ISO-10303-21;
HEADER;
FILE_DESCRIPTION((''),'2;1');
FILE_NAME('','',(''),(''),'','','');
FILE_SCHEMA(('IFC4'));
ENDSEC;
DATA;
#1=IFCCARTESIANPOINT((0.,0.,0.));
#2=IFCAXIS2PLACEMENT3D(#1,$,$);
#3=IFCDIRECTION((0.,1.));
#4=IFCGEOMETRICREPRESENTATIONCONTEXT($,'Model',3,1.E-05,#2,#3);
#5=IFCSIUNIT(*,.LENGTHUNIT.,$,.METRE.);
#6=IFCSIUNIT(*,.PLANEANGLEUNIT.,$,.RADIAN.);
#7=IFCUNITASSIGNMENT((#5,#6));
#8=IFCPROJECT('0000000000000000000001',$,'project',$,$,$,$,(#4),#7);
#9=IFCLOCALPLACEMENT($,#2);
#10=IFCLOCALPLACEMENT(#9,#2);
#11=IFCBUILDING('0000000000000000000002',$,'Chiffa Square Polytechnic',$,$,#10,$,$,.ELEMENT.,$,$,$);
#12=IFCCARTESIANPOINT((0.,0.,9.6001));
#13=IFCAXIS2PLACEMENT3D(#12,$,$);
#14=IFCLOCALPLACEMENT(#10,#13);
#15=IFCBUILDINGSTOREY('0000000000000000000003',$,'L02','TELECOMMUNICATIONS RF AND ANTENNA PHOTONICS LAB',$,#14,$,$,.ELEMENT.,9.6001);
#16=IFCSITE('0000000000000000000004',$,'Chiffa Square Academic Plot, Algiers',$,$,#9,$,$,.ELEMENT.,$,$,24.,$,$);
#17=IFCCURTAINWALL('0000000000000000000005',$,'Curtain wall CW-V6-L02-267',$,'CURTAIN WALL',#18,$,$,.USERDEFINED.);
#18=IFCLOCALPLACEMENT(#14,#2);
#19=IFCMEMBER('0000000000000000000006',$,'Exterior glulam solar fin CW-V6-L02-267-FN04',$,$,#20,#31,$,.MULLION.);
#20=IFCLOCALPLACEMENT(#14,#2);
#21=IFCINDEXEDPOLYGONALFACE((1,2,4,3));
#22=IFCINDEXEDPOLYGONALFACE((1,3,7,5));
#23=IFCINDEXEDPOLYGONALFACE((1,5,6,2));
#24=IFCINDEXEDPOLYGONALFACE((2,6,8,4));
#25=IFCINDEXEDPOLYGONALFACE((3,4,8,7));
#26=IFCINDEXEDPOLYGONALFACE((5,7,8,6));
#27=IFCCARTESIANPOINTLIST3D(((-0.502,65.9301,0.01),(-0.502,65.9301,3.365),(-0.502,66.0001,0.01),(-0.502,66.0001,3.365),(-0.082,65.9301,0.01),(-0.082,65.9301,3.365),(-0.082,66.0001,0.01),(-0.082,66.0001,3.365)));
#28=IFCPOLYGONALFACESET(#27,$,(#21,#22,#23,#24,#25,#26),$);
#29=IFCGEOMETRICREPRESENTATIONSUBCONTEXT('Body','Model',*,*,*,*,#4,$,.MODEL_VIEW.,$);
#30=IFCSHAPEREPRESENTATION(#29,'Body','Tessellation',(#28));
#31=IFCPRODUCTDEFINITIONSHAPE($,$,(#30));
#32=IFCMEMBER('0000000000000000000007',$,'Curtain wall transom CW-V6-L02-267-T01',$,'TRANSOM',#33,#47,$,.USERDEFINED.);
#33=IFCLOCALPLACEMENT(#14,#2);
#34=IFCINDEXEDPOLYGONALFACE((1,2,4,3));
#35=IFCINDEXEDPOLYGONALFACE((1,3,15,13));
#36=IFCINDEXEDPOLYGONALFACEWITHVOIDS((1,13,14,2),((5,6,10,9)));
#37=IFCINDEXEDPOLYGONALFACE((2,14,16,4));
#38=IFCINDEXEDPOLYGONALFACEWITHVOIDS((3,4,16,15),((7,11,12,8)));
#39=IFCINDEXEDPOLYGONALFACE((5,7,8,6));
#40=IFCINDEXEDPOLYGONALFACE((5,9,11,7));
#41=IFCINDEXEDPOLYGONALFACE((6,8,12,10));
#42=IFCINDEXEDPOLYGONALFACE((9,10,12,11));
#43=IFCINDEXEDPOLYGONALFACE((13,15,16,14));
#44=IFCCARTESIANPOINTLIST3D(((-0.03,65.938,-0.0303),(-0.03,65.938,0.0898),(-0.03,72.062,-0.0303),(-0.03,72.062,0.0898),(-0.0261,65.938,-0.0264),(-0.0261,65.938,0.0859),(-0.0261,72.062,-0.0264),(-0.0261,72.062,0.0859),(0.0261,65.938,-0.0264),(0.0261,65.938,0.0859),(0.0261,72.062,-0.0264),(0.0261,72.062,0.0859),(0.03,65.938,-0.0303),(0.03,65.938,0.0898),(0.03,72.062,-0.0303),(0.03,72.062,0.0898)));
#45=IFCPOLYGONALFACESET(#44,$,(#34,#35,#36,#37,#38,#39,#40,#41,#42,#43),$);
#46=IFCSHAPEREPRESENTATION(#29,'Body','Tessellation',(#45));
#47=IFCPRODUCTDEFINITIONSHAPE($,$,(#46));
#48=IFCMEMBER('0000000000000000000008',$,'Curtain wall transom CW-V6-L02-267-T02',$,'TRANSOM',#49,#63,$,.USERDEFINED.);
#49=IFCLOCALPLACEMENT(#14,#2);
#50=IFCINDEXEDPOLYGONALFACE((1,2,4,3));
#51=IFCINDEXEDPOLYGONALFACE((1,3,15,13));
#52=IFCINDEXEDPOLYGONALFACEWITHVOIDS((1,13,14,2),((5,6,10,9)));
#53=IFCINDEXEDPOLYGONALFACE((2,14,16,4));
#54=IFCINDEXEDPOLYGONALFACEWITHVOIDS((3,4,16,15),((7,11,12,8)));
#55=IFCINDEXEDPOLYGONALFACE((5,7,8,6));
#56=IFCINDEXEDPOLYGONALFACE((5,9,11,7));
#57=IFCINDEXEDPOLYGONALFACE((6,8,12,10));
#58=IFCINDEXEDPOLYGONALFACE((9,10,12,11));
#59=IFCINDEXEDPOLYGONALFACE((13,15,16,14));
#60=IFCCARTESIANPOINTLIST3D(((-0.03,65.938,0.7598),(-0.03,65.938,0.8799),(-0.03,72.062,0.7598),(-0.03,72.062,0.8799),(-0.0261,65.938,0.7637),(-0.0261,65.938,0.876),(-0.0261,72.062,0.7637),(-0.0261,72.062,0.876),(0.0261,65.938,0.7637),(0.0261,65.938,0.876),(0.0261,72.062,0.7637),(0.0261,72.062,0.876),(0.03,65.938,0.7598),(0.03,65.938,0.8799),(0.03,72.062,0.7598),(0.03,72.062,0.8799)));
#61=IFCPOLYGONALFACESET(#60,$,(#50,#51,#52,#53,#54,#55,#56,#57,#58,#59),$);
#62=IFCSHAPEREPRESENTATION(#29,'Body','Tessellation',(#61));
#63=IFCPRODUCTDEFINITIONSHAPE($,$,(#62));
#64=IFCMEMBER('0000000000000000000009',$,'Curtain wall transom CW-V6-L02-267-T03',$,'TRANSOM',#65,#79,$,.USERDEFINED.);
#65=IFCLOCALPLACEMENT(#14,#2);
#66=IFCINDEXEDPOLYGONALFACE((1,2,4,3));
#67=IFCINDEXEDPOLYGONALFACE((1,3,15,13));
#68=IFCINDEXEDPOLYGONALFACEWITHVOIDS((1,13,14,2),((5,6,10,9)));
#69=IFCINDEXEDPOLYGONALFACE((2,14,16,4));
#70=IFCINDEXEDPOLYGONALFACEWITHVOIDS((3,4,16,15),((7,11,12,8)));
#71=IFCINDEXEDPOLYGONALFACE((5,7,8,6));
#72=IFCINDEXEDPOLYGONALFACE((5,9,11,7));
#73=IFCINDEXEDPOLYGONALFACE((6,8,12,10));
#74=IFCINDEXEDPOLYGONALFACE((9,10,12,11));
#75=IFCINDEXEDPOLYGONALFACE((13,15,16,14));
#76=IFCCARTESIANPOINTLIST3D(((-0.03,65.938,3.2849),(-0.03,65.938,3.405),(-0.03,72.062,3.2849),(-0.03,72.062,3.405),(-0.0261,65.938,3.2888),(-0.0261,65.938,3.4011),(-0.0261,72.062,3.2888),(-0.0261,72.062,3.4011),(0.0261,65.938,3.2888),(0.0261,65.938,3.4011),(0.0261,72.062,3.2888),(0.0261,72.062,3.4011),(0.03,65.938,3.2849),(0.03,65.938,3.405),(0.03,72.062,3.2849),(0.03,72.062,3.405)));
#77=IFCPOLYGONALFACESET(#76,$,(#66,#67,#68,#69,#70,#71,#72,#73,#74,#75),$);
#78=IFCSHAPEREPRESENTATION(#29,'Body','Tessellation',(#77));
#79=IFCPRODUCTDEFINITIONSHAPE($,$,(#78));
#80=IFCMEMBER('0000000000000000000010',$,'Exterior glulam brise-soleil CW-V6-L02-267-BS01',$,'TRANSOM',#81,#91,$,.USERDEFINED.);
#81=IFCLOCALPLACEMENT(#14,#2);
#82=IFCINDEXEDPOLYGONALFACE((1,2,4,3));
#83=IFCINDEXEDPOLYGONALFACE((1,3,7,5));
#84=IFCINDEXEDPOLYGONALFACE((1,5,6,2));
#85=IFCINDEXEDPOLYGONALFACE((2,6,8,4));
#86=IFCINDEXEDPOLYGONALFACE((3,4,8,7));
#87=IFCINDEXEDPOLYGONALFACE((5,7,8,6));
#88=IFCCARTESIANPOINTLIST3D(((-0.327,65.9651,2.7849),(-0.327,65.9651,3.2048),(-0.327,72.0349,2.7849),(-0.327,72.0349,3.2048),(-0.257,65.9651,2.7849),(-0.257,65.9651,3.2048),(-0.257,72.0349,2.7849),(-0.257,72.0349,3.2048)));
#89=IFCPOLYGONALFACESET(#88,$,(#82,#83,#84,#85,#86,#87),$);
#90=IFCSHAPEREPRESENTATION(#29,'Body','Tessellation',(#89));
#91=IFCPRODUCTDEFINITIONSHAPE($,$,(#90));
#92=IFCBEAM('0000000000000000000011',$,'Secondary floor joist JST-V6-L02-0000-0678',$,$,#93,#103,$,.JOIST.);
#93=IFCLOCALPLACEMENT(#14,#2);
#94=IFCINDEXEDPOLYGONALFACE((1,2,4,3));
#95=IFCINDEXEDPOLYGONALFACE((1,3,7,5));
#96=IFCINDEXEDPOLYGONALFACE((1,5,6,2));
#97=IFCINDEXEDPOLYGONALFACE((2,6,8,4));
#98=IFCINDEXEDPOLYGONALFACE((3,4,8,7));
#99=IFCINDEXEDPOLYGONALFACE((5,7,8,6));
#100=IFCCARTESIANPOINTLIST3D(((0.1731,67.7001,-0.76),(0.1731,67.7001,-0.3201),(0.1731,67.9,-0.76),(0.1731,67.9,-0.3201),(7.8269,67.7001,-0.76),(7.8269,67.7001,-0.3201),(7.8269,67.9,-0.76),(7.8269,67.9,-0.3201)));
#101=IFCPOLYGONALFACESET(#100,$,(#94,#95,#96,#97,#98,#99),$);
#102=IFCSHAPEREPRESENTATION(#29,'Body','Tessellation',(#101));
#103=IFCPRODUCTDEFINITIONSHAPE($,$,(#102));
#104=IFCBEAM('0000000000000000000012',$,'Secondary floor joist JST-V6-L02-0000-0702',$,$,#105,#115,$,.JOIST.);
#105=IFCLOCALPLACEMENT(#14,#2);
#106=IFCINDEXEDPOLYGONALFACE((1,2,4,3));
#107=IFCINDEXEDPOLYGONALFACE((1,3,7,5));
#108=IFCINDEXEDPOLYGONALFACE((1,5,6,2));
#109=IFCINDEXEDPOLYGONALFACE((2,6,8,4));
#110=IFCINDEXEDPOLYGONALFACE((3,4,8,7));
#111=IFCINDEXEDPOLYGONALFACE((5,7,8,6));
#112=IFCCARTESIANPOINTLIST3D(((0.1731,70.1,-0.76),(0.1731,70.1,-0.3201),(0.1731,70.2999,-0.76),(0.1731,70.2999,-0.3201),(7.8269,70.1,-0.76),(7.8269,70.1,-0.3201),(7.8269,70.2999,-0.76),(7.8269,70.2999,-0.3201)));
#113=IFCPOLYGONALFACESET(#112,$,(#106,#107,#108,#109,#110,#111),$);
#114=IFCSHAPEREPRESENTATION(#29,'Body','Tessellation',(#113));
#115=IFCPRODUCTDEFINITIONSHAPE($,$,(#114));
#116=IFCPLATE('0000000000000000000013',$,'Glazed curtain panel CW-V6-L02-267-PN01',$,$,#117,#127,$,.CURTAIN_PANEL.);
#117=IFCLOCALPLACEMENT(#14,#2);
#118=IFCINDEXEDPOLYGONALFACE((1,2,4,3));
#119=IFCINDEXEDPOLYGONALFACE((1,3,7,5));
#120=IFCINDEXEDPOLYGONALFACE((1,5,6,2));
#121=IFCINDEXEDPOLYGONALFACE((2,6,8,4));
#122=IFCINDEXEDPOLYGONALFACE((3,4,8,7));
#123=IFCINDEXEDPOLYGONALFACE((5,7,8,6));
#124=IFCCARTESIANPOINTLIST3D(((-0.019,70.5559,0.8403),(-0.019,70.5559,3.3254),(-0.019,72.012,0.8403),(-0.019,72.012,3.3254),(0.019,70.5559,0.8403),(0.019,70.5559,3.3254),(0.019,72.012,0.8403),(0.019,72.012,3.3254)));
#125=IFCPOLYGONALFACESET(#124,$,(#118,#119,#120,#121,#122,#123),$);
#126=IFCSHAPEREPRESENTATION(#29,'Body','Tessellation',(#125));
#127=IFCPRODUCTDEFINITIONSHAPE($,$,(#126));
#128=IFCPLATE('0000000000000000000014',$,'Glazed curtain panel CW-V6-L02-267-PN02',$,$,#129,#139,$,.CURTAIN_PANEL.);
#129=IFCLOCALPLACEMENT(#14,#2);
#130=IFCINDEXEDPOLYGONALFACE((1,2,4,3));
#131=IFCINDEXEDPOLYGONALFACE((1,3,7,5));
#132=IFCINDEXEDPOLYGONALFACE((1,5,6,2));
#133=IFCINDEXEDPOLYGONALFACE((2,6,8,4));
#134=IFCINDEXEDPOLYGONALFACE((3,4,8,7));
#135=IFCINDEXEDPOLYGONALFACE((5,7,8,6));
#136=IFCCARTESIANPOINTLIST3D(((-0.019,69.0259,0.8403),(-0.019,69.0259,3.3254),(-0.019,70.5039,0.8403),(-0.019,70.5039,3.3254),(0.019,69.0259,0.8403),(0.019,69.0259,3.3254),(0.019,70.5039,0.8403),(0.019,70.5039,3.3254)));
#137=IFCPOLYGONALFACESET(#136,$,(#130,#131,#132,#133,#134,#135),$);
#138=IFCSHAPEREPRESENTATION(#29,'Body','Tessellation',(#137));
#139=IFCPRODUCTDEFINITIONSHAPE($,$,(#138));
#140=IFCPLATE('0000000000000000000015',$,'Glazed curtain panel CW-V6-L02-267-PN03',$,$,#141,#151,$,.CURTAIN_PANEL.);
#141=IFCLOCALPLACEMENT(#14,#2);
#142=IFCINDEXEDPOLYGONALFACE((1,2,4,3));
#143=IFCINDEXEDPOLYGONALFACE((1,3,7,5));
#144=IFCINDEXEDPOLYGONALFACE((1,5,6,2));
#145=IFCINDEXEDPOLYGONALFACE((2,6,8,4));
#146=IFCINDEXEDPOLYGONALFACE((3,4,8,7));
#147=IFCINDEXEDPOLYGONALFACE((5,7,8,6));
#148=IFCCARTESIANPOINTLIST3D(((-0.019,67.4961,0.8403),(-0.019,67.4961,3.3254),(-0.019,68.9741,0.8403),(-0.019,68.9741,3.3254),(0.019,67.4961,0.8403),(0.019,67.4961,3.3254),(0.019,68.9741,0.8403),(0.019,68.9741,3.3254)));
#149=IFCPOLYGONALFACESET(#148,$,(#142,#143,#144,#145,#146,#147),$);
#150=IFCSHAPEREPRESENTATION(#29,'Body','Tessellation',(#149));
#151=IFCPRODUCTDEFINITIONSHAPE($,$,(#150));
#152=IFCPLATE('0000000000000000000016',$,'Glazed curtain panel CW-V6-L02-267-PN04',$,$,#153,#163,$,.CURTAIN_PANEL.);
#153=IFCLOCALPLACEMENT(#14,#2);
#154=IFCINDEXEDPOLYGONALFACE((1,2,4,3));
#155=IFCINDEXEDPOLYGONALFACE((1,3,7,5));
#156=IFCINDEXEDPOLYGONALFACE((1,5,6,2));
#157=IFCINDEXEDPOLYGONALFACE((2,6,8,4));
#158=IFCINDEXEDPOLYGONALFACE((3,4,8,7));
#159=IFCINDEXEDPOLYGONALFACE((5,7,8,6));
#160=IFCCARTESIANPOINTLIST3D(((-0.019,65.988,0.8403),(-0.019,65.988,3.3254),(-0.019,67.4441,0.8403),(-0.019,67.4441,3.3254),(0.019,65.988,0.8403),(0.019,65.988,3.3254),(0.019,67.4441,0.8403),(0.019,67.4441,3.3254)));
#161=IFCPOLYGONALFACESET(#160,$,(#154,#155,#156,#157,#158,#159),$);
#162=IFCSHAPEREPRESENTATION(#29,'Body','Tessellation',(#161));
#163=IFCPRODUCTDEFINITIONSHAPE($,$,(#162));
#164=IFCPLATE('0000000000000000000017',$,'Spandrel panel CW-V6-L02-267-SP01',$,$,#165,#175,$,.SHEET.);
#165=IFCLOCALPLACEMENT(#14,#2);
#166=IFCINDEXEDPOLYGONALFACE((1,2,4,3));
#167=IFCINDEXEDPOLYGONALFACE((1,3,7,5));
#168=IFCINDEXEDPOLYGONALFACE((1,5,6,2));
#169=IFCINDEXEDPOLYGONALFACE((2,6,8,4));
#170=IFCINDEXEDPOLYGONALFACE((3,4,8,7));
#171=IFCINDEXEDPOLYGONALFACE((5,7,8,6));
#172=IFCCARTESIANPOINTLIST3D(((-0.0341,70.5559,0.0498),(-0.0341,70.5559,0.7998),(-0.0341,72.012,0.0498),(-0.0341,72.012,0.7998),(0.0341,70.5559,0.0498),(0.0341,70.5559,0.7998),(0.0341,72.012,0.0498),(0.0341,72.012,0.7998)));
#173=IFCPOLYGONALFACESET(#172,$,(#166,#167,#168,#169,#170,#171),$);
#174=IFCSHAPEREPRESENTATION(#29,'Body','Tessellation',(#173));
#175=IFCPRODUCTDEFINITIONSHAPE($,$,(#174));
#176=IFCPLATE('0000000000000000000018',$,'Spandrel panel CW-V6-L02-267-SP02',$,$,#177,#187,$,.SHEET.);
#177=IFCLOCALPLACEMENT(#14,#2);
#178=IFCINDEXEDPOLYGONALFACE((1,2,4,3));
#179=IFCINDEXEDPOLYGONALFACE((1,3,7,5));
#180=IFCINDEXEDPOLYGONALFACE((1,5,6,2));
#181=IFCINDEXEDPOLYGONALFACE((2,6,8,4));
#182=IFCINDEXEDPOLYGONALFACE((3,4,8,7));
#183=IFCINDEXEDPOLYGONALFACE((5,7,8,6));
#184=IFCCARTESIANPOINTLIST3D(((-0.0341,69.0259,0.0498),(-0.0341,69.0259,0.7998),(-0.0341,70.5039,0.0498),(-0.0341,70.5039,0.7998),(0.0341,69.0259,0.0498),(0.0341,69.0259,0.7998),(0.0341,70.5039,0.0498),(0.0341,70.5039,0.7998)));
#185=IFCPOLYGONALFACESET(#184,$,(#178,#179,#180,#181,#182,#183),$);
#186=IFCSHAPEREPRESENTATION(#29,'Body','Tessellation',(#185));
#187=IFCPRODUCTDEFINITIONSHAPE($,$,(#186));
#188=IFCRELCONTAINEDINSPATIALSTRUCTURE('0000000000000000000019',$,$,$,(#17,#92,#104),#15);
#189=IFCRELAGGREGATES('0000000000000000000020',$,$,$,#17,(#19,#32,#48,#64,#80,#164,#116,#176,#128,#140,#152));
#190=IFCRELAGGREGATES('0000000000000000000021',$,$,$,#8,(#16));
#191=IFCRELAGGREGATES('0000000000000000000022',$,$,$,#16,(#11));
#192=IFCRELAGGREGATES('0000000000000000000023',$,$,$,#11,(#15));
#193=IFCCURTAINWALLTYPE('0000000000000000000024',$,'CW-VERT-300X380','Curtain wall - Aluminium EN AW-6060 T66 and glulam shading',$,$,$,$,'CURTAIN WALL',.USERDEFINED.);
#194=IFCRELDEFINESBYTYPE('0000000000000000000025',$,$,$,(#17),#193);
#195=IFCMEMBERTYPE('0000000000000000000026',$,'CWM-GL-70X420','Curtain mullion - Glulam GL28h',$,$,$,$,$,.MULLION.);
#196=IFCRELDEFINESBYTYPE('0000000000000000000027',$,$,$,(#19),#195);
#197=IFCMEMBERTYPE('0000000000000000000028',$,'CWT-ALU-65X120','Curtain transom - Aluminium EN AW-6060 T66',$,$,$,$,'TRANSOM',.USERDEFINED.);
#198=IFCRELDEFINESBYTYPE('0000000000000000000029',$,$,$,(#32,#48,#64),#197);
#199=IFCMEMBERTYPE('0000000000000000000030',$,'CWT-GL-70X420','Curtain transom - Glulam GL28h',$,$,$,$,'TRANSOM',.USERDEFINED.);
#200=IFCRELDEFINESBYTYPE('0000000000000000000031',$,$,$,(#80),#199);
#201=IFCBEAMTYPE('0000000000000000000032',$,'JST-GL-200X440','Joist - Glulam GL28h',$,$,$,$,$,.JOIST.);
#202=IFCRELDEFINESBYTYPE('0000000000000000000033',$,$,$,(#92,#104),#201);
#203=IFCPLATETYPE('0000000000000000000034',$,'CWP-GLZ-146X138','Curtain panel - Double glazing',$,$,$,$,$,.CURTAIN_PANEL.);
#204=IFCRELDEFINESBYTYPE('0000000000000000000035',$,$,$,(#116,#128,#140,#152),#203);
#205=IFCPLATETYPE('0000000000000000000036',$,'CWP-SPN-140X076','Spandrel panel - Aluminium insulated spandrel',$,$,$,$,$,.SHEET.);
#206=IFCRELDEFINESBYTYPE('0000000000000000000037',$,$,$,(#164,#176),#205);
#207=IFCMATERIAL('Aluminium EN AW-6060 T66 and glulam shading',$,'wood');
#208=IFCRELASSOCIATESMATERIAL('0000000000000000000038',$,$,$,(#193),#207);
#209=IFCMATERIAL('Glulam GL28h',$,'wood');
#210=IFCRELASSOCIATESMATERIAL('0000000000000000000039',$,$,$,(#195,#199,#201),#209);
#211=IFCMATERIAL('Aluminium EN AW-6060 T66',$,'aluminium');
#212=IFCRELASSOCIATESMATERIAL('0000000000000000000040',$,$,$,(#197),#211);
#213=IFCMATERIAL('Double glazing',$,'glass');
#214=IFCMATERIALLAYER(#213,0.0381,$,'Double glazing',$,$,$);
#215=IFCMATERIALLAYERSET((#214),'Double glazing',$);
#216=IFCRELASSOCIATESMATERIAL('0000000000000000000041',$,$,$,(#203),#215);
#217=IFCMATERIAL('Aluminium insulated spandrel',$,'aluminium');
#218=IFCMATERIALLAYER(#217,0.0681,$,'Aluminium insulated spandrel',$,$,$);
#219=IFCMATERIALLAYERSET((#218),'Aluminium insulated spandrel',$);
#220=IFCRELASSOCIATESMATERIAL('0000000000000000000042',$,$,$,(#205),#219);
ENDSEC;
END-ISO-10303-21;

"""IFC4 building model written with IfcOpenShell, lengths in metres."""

from ifc_helpers import new_model, si_unit, direction, frame, origin, origin_2d, place, context, subcontext, project, spatial, rectangle, hollow_rectangle, extrude, material, layer, layer_set, material_profile, profile_set, type_object, element, aggregate, save


model = new_model("IFC4")

# Units and contexts
model_context = context("Model", 3, precision=1e-05, world=origin(), true_north=direction((0.0, 1.0)))
body_context = subcontext(model_context, "Body", "Model", "MODEL_VIEW")
ifc_project = project(units=[si_unit("LENGTHUNIT", "METRE"), si_unit("PLANEANGLEUNIT", "RADIAN")], contexts=[model_context])

# Site, building, storey
site_placement = place(None, origin())
site = spatial("IfcSite", under=ifc_project, at=site_placement, Name="Chiffa Square Academic Plot, Algiers", CompositionType="ELEMENT", RefElevation=24.0)
building_placement = place(site_placement, origin())
building = spatial("IfcBuilding", under=site, at=building_placement, Name="Chiffa Square Polytechnic", CompositionType="ELEMENT")
storey_placement = place(building_placement, frame((0.0, 0.0, 9.6001)))
storey = spatial("IfcBuildingStorey", under=building, at=storey_placement, Name="L02", Description="TELECOMMUNICATIONS RF AND ANTENNA PHOTONICS LAB", CompositionType="ELEMENT", Elevation=9.6001)

# Curtain wall, members
ifc_material_1 = material(Name="Aluminium EN AW-6060 T66 and glulam shading", Category="wood")
curtain_wall_type = type_object("IfcCurtainWallType", Name="CW-VERT-300X380", Description="Curtain wall - Aluminium EN AW-6060 T66 and glulam shading", ElementType="CURTAIN WALL", PredefinedType="USERDEFINED", material=ifc_material_1)
curtain_wall_placement = place(storey_placement, origin())
curtain_wall = element("IfcCurtainWall", 1, at=curtain_wall_placement, inside=storey, type_object=curtain_wall_type, Name="Curtain wall CW-V6-L02-267", ObjectType="CURTAIN WALL", PredefinedType="USERDEFINED")
ifc_material_2 = material(Name="Aluminium EN AW-6060 T66", Category="aluminium")
ifc_material_3 = material(Name="Glulam GL28h", Category="wood")
ifc_material_profile_1 = material_profile(ifc_material_3, rectangle(XDim=0.0701, YDim=0.4199, at=origin_2d()), Name="GL28h 70x420")
ifc_profile_set_1 = profile_set([ifc_material_profile_1], Name="Glulam GL28h")
member_type_1 = type_object("IfcMemberType", Name="CWM-GL-70X420", Description="Curtain mullion - Glulam GL28h", PredefinedType="MULLION", material=ifc_profile_set_1)
member_1_placement = place(storey_placement, frame((-0.292, 65.9651, 0.01), z_axis=(0.0, 0.0, 1.0), x_axis=(0.0, -1.0, 0.0)))
member_1 = element("IfcMember", 2, at=member_1_placement, type_object=member_type_1, Name="Exterior glulam solar fin CW-V6-L02-267-FN04", PredefinedType="MULLION", context=body_context, shape_type="SweptSolid", body=[
    extrude(rectangle(XDim=0.0701, YDim=0.4199, at=origin_2d()), origin(), (0.0, 0.0, 1.0), 3.355),
])
ifc_material_profile_2 = material_profile(ifc_material_2, hollow_rectangle(XDim=0.0601, YDim=0.1201, WallThickness=0.0039, at=origin_2d()), Name="ALU 60x120x4")
ifc_profile_set_2 = profile_set([ifc_material_profile_2], Name="Aluminium EN AW-6060 T66")
member_type_2 = type_object("IfcMemberType", Name="CWT-ALU-65X120", Description="Curtain transom - Aluminium EN AW-6060 T66", ElementType="TRANSOM", PredefinedType="USERDEFINED", material=ifc_profile_set_2)
member_2_placement = place(storey_placement, frame((0.0, 72.062, 0.0298), z_axis=(0.0, -1.0, 0.0), x_axis=(1.0, 0.0, 0.0)))
member_2 = element("IfcMember", 3, at=member_2_placement, type_object=member_type_2, Name="Curtain wall transom CW-V6-L02-267-T01", ObjectType="TRANSOM", PredefinedType="USERDEFINED", context=body_context, shape_type="SweptSolid", body=[
    extrude(hollow_rectangle(XDim=0.0601, YDim=0.1201, WallThickness=0.0039, at=origin_2d()), origin(), (0.0, 0.0, 1.0), 6.124),
])
member_3_placement = place(storey_placement, frame((0.0, 72.062, 0.8198), z_axis=(0.0, -1.0, 0.0), x_axis=(1.0, 0.0, 0.0)))
member_3 = element("IfcMember", 4, at=member_3_placement, type_object=member_type_2, Name="Curtain wall transom CW-V6-L02-267-T02", ObjectType="TRANSOM", PredefinedType="USERDEFINED", context=body_context, shape_type="SweptSolid", body=[
    extrude(hollow_rectangle(XDim=0.0601, YDim=0.1201, WallThickness=0.0039, at=origin_2d()), origin(), (0.0, 0.0, 1.0), 6.124),
])
member_4_placement = place(storey_placement, frame((0.0, 72.062, 3.345), z_axis=(0.0, -1.0, 0.0), x_axis=(1.0, 0.0, 0.0)))
member_4 = element("IfcMember", 5, at=member_4_placement, type_object=member_type_2, Name="Curtain wall transom CW-V6-L02-267-T03", ObjectType="TRANSOM", PredefinedType="USERDEFINED", context=body_context, shape_type="SweptSolid", body=[
    extrude(hollow_rectangle(XDim=0.0601, YDim=0.1201, WallThickness=0.0039, at=origin_2d()), origin(), (0.0, 0.0, 1.0), 6.124),
])
ifc_material_profile_3 = material_profile(ifc_material_3, rectangle(XDim=0.0701, YDim=0.4199, at=origin_2d()), Name="GL28h 70x420")
ifc_profile_set_3 = profile_set([ifc_material_profile_3], Name="Glulam GL28h")
member_type_3 = type_object("IfcMemberType", Name="CWT-GL-70X420", Description="Curtain transom - Glulam GL28h", ElementType="TRANSOM", PredefinedType="USERDEFINED", material=ifc_profile_set_3)
member_5_placement = place(storey_placement, frame((-0.292, 72.0349, 2.9949), z_axis=(0.0, -1.0, 0.0), x_axis=(1.0, 0.0, 0.0)))
member_5 = element("IfcMember", 6, at=member_5_placement, type_object=member_type_3, Name="Exterior glulam brise-soleil CW-V6-L02-267-BS01", ObjectType="TRANSOM", PredefinedType="USERDEFINED", context=body_context, shape_type="SweptSolid", body=[
    extrude(rectangle(XDim=0.0701, YDim=0.4199, at=origin_2d()), origin(), (0.0, 0.0, 1.0), 6.0698),
])

# Beams
ifc_material_profile_4 = material_profile(ifc_material_3, rectangle(XDim=0.2, YDim=0.4399, at=origin_2d()), Name="GL28h 200x440")
ifc_profile_set_4 = profile_set([ifc_material_profile_4], Name="Glulam GL28h")
beam_type_1 = type_object("IfcBeamType", Name="JST-GL-200X440", Description="Joist - Glulam GL28h", PredefinedType="JOIST", material=ifc_profile_set_4)
for number, where, z_axis, x_axis, name in (
    (7, (0.1731, 67.8, -0.54), (1.0, 0.0, 0.0), (0.0, 1.0, 0.0), "Secondary floor joist JST-V6-L02-0000-0678"),
    (8, (0.1731, 70.2, -0.54), (1.0, 0.0, 0.0), (0.0, 1.0, 0.0), "Secondary floor joist JST-V6-L02-0000-0702"),
):
    element("IfcBeam", number, at=place(storey_placement, frame(where, z_axis=z_axis, x_axis=x_axis)), inside=storey, type_object=beam_type_1, Name=name, PredefinedType="JOIST", context=body_context, shape_type="SweptSolid", body=[
        extrude(rectangle(XDim=0.2, YDim=0.4399, at=origin_2d()), origin(), (0.0, 0.0, 1.0), 7.6538),
    ])

# Plates
ifc_material_4 = material(Name="Double glazing", Category="glass")
ifc_layer_1 = layer(ifc_material_4, 0.0381, Name="Double glazing")
ifc_layer_set_1 = layer_set([ifc_layer_1], Name="Double glazing")
plate_type_1 = type_object("IfcPlateType", Name="CWP-GLZ-146X138", Description="Curtain panel - Double glazing", PredefinedType="CURTAIN_PANEL", material=ifc_layer_set_1)
plate_1_placement = place(storey_placement, frame((0.0, 71.2839, 0.8403), z_axis=(0.0, 0.0, 1.0), x_axis=(0.0, -1.0, 0.0)))
plate_1 = element("IfcPlate", 9, at=plate_1_placement, type_object=plate_type_1, Name="Glazed curtain panel CW-V6-L02-267-PN01", PredefinedType="CURTAIN_PANEL", context=body_context, shape_type="SweptSolid", body=[
    extrude(rectangle(XDim=1.4561, YDim=0.0381, at=origin_2d()), origin(), (0.0, 0.0, 1.0), 2.4851),
])
plate_2_placement = place(storey_placement, frame((0.0, 69.7649, 0.8403), z_axis=(0.0, 0.0, 1.0), x_axis=(0.0, -1.0, 0.0)))
plate_2 = element("IfcPlate", 10, at=plate_2_placement, type_object=plate_type_1, Name="Glazed curtain panel CW-V6-L02-267-PN02", PredefinedType="CURTAIN_PANEL", context=body_context, shape_type="SweptSolid", body=[
    extrude(rectangle(XDim=1.478, YDim=0.0381, at=origin_2d()), origin(), (0.0, 0.0, 1.0), 2.4851),
])
plate_3_placement = place(storey_placement, frame((0.0, 68.2351, 0.8403), z_axis=(0.0, 0.0, 1.0), x_axis=(0.0, -1.0, 0.0)))
plate_3 = element("IfcPlate", 11, at=plate_3_placement, type_object=plate_type_1, Name="Glazed curtain panel CW-V6-L02-267-PN03", PredefinedType="CURTAIN_PANEL", context=body_context, shape_type="SweptSolid", body=[
    extrude(rectangle(XDim=1.478, YDim=0.0381, at=origin_2d()), origin(), (0.0, 0.0, 1.0), 2.4851),
])
plate_4_placement = place(storey_placement, frame((0.0, 66.7161, 0.8403), z_axis=(0.0, 0.0, 1.0), x_axis=(0.0, -1.0, 0.0)))
plate_4 = element("IfcPlate", 12, at=plate_4_placement, type_object=plate_type_1, Name="Glazed curtain panel CW-V6-L02-267-PN04", PredefinedType="CURTAIN_PANEL", context=body_context, shape_type="SweptSolid", body=[
    extrude(rectangle(XDim=1.4561, YDim=0.0381, at=origin_2d()), origin(), (0.0, 0.0, 1.0), 2.4851),
])
ifc_material_5 = material(Name="Aluminium insulated spandrel", Category="aluminium")
ifc_layer_2 = layer(ifc_material_5, 0.0681, Name="Aluminium insulated spandrel")
ifc_layer_set_2 = layer_set([ifc_layer_2], Name="Aluminium insulated spandrel")
plate_type_2 = type_object("IfcPlateType", Name="CWP-SPN-140X076", Description="Spandrel panel - Aluminium insulated spandrel", PredefinedType="SHEET", material=ifc_layer_set_2)
plate_5_placement = place(storey_placement, frame((0.0, 71.2839, 0.0498), z_axis=(0.0, 0.0, 1.0), x_axis=(0.0, -1.0, 0.0)))
plate_5 = element("IfcPlate", 13, at=plate_5_placement, type_object=plate_type_2, Name="Spandrel panel CW-V6-L02-267-SP01", PredefinedType="SHEET", context=body_context, shape_type="SweptSolid", body=[
    extrude(rectangle(XDim=1.4561, YDim=0.0681, at=origin_2d()), origin(), (0.0, 0.0, 1.0), 0.75),
])
plate_6_placement = place(storey_placement, frame((0.0, 69.7649, 0.0498), z_axis=(0.0, 0.0, 1.0), x_axis=(0.0, -1.0, 0.0)))
plate_6 = element("IfcPlate", 14, at=plate_6_placement, type_object=plate_type_2, Name="Spandrel panel CW-V6-L02-267-SP02", PredefinedType="SHEET", context=body_context, shape_type="SweptSolid", body=[
    extrude(rectangle(XDim=1.478, YDim=0.0681, at=origin_2d()), origin(), (0.0, 0.0, 1.0), 0.75),
])
aggregate(curtain_wall, [member_1, member_2, member_3, member_4, member_5, plate_5, plate_1, plate_6, plate_2, plate_3, plate_4])

save(model, "model.ifc")
